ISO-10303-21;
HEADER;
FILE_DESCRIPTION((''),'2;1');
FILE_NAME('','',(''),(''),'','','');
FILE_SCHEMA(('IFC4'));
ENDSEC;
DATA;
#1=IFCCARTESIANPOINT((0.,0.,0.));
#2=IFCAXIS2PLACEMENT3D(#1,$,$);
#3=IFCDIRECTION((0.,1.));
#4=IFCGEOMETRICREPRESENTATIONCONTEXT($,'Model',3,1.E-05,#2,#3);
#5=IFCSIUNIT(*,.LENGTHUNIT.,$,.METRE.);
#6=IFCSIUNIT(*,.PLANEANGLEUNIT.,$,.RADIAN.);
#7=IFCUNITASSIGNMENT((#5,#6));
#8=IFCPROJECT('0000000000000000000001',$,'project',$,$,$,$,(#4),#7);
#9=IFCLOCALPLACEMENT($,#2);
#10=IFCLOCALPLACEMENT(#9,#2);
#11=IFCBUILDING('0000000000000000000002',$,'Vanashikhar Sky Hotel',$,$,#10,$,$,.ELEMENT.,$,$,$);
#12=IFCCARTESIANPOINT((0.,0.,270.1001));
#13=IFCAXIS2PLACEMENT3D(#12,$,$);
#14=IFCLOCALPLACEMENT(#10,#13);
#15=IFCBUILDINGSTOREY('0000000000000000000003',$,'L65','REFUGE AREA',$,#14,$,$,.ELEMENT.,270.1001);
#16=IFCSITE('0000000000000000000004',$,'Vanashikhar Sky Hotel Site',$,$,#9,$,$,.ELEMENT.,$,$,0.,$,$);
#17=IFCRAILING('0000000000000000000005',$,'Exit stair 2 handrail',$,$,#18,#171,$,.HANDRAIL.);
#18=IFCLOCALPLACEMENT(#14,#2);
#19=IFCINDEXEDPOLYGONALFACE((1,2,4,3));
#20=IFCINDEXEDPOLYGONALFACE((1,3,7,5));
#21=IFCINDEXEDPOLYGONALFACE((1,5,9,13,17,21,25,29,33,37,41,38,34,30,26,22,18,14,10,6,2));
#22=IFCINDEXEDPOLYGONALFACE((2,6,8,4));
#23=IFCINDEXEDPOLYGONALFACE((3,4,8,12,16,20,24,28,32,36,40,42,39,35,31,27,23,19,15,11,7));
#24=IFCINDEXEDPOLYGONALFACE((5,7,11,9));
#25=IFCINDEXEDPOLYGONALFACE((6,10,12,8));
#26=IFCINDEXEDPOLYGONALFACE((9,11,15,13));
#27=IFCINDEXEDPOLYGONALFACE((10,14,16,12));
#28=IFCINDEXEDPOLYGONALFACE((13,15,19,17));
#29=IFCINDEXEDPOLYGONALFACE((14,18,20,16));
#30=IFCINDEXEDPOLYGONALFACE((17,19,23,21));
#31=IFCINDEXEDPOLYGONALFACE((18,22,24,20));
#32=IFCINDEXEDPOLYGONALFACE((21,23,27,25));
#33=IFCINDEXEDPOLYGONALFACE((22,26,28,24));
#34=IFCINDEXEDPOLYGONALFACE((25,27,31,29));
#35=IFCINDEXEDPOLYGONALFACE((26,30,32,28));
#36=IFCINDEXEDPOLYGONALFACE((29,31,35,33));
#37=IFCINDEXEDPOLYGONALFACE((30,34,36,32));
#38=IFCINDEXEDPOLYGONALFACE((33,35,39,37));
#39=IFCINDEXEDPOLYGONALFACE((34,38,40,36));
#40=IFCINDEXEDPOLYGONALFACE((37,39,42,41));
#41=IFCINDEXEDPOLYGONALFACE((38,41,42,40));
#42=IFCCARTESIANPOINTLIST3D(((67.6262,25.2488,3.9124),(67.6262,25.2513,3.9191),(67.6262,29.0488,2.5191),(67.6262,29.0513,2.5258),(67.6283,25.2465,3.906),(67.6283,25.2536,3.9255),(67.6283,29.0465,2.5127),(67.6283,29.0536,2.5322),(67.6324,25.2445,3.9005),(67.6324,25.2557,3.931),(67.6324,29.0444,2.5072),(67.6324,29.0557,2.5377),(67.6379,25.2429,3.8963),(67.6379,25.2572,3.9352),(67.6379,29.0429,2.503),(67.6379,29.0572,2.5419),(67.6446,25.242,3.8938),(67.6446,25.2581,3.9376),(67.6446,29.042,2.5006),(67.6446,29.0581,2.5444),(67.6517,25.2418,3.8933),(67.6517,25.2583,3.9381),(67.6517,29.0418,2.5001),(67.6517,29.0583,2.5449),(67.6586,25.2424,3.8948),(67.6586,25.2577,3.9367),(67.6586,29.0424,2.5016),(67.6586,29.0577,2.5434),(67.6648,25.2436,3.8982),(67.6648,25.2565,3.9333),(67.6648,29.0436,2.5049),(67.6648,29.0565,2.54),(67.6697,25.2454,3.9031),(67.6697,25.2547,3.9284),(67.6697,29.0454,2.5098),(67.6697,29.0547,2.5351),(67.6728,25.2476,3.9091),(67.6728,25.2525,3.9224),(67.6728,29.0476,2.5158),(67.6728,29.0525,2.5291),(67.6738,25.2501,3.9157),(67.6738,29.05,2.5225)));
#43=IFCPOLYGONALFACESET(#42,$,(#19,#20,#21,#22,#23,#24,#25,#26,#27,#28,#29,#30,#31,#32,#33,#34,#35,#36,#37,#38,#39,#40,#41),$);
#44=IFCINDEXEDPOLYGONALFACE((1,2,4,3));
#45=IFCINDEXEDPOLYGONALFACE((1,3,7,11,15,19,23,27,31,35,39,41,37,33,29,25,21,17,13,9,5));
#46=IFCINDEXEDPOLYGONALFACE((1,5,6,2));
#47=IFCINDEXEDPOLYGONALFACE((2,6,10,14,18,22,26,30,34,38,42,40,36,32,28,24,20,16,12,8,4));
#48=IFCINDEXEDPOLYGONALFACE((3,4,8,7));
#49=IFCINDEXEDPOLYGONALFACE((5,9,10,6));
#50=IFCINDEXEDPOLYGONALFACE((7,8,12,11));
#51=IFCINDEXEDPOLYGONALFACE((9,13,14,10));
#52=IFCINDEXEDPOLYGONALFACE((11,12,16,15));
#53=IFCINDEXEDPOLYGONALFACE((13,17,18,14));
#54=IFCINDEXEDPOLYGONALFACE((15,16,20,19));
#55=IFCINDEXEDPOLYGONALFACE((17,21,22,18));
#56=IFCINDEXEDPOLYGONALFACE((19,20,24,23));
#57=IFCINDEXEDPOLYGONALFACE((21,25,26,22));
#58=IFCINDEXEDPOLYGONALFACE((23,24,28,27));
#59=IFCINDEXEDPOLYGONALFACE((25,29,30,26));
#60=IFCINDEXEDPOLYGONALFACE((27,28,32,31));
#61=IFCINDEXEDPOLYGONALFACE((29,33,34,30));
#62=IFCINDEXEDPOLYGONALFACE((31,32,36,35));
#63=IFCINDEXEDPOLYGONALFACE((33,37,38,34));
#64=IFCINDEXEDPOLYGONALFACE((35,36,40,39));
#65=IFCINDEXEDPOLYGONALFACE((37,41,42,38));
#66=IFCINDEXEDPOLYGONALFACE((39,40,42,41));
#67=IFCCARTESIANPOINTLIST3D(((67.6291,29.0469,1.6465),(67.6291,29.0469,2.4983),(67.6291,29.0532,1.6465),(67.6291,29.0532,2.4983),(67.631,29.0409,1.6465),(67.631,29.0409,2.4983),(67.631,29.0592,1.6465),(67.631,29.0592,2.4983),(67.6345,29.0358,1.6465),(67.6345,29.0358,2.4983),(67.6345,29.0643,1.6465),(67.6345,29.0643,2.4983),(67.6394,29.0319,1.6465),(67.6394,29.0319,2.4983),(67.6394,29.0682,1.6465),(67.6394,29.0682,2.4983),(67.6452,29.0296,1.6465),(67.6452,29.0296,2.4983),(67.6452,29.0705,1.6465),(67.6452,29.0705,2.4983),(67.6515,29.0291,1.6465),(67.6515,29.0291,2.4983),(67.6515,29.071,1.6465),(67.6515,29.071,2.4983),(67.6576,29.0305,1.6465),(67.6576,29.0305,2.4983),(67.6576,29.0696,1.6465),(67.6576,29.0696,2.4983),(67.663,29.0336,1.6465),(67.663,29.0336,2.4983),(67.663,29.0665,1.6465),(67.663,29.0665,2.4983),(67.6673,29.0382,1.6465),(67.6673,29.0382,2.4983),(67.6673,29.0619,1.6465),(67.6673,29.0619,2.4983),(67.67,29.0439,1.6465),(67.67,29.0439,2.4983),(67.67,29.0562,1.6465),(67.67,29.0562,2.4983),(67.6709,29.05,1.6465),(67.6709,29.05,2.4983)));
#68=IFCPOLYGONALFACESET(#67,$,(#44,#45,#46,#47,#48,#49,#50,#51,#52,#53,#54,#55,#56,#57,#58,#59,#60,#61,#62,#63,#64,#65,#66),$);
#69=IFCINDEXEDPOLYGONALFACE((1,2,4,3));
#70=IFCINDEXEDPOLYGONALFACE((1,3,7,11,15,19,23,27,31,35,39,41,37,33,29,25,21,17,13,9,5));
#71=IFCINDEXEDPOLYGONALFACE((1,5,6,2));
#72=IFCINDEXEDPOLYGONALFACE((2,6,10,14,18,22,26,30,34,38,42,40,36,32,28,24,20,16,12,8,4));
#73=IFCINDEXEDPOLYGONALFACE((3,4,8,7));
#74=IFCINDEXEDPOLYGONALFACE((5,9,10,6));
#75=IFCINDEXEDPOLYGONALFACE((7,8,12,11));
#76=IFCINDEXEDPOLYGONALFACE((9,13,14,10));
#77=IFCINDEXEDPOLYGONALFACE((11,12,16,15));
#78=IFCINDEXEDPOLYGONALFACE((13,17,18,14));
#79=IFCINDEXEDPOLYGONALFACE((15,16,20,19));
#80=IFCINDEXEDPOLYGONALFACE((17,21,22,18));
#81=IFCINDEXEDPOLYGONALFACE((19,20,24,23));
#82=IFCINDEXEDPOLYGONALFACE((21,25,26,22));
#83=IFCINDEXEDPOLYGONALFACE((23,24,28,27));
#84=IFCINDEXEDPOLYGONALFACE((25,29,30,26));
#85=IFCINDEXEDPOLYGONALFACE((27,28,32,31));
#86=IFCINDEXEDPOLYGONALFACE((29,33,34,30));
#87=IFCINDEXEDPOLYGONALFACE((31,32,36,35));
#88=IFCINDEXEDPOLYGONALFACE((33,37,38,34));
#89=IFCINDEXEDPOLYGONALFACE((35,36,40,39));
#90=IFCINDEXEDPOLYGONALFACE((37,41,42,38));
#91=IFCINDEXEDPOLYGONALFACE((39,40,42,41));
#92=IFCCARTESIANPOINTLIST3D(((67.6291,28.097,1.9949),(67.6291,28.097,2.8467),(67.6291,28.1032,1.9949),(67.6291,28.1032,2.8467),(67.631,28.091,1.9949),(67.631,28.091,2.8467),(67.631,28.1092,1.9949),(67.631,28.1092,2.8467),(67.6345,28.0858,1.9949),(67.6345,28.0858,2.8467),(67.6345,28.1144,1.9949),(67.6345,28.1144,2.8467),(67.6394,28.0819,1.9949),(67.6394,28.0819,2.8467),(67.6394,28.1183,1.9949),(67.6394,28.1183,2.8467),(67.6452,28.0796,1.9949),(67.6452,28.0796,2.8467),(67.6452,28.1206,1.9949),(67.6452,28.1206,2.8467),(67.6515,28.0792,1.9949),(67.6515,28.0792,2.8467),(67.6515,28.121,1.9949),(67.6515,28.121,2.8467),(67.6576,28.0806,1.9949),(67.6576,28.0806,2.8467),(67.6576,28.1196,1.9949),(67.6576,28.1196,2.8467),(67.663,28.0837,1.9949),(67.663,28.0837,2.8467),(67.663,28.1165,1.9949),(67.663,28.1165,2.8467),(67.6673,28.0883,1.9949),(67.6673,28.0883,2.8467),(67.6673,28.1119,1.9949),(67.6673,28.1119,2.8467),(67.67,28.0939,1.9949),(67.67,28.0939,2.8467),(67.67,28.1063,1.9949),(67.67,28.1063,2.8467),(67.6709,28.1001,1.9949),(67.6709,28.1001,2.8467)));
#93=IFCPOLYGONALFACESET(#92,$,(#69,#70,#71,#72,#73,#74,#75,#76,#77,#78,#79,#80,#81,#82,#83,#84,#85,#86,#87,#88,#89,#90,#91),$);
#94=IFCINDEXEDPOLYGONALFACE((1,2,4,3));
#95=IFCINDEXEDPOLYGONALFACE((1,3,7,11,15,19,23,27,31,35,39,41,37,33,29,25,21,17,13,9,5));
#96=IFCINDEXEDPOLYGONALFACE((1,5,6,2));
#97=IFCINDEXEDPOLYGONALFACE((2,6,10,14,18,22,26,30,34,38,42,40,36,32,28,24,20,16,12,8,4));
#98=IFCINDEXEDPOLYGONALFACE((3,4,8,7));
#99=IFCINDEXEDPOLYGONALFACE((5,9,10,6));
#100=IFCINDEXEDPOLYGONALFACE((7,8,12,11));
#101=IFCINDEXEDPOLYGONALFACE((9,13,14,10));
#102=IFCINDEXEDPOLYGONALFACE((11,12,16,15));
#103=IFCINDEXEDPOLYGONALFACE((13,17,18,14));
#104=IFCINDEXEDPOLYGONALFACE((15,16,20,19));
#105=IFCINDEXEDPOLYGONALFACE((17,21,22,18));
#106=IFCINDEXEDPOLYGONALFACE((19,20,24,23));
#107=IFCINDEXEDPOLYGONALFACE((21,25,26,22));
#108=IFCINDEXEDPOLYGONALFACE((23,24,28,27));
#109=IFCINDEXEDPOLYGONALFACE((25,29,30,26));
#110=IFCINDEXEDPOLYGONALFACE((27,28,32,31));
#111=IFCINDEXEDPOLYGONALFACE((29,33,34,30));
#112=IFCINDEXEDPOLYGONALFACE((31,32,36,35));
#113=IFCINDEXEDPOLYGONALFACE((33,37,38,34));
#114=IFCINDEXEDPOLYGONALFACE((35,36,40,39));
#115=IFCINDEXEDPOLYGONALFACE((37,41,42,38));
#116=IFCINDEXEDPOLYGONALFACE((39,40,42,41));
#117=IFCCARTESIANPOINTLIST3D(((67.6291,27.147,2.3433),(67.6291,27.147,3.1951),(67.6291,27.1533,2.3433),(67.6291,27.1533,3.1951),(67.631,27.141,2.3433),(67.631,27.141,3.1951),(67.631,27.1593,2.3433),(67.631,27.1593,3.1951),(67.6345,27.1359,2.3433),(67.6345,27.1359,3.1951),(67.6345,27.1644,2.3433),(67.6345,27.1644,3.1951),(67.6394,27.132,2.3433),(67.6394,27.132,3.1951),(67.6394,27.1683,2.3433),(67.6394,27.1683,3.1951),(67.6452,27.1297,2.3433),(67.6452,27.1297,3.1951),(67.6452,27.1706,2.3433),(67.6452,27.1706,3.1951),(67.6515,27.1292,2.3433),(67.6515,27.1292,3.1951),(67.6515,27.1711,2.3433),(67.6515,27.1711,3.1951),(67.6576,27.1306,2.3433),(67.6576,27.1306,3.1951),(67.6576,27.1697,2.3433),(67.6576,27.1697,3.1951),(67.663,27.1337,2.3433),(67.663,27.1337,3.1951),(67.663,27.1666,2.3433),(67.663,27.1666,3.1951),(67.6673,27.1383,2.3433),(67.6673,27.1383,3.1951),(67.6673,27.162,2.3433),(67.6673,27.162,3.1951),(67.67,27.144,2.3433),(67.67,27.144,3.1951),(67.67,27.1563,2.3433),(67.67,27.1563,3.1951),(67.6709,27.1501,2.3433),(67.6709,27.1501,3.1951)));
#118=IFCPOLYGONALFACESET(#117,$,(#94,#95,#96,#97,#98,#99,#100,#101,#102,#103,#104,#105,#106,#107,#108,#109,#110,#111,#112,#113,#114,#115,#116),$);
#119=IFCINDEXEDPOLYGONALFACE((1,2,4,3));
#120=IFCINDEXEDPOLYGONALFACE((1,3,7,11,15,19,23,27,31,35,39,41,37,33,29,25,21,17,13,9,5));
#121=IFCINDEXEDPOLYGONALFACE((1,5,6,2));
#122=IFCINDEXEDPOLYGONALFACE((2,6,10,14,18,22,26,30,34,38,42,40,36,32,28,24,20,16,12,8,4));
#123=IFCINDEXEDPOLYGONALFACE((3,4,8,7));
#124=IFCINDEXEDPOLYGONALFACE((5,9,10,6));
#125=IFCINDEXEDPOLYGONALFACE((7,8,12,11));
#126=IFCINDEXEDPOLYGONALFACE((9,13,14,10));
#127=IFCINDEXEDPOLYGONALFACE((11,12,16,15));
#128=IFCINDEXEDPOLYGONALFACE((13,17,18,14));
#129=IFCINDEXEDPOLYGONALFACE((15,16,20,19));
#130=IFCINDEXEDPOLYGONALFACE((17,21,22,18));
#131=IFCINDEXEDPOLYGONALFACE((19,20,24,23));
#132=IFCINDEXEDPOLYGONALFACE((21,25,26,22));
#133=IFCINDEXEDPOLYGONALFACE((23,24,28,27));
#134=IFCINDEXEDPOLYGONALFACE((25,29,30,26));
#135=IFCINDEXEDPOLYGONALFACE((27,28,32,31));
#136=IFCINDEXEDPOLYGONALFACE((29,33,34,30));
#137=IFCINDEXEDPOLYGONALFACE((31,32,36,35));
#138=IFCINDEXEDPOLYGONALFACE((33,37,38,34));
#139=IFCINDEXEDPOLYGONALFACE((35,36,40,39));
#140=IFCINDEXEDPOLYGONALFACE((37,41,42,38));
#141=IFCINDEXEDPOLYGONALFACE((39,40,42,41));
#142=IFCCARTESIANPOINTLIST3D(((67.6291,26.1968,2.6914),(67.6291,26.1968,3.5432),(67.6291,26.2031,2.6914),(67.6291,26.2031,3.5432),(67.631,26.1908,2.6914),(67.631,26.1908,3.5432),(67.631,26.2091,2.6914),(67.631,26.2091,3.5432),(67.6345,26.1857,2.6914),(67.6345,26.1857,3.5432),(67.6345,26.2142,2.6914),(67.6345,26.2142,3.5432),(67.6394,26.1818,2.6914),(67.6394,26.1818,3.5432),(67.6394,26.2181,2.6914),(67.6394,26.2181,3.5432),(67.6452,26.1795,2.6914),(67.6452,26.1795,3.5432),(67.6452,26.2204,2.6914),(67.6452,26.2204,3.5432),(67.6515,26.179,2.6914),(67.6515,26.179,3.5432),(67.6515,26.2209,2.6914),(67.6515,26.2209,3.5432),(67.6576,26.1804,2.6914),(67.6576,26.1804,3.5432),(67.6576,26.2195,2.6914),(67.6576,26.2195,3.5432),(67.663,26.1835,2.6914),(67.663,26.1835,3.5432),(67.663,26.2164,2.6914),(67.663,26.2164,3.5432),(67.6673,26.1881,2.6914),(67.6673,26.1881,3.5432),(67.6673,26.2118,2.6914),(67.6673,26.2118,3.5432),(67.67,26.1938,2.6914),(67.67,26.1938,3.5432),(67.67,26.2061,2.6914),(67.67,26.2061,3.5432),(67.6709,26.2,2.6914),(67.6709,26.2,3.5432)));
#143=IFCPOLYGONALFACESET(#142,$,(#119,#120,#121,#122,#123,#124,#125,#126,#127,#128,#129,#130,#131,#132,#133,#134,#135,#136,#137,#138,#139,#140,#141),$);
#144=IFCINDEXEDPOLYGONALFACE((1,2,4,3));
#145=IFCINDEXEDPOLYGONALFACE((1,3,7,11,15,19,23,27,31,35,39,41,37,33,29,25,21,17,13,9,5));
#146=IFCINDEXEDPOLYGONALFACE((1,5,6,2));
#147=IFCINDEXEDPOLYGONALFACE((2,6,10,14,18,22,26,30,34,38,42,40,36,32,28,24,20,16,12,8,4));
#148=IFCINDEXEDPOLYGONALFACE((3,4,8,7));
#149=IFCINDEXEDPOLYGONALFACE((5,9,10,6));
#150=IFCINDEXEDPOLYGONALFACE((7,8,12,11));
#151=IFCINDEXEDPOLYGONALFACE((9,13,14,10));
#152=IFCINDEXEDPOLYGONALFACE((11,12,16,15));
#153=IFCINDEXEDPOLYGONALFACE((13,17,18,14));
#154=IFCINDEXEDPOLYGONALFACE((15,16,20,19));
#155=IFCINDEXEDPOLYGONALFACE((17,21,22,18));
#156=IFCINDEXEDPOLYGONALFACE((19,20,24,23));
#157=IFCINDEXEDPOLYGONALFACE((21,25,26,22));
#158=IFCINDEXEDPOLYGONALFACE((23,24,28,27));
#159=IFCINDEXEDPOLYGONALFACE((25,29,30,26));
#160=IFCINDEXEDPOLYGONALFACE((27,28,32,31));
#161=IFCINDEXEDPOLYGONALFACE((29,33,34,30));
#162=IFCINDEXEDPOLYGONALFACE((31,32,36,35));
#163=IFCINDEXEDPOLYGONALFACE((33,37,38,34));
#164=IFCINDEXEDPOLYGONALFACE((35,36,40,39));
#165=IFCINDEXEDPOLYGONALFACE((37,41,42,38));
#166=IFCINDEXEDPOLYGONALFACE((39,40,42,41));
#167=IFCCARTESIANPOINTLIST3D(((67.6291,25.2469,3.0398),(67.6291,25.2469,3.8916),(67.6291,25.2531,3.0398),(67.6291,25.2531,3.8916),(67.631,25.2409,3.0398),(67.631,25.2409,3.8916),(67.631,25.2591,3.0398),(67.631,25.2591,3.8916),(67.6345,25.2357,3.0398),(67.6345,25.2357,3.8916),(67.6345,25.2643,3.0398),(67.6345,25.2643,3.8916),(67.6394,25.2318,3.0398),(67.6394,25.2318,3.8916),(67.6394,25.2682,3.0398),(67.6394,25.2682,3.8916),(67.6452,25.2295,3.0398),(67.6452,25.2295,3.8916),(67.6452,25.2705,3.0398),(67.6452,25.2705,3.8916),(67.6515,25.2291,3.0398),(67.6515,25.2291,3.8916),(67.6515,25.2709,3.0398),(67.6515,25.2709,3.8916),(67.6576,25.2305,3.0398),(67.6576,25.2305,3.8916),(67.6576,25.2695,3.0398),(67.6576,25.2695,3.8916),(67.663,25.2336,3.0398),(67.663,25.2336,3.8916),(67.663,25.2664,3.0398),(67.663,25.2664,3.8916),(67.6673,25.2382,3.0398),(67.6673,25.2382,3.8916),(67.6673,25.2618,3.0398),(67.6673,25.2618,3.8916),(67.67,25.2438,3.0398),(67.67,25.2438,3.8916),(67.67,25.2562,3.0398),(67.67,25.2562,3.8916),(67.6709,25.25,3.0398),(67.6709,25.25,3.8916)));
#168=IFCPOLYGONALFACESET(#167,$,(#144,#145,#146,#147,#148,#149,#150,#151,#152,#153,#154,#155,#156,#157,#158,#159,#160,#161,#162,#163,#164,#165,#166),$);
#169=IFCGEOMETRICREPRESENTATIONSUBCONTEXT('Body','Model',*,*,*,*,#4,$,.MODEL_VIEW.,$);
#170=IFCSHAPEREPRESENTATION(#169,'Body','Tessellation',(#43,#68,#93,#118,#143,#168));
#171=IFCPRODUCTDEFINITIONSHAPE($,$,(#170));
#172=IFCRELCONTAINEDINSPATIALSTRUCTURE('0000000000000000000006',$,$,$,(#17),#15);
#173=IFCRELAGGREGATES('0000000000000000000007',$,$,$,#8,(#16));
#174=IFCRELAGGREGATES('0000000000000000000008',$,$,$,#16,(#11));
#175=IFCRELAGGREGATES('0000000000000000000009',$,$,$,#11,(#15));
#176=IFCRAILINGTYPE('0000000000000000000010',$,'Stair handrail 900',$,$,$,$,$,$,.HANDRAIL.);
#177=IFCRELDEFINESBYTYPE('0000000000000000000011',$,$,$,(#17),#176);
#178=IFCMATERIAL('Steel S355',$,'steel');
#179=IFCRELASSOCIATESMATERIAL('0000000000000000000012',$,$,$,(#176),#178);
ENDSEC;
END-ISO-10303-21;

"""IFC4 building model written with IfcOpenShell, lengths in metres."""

from ifc_helpers import new_model, si_unit, direction, frame, origin, origin_2d, place, context, subcontext, project, spatial, circle, extrude, source, transform, mapped, material, type_object, element, save


model = new_model("IFC4")

# Units and contexts
model_context = context("Model", 3, precision=1e-05, world=origin(), true_north=direction((0.0, 1.0)))
body_context = subcontext(model_context, "Body", "Model", "MODEL_VIEW")
ifc_project = project(units=[si_unit("LENGTHUNIT", "METRE"), si_unit("PLANEANGLEUNIT", "RADIAN")], contexts=[model_context])

# Site, building, storey
site_placement = place(None, origin())
site = spatial("IfcSite", under=ifc_project, at=site_placement, Name="Vanashikhar Sky Hotel Site", CompositionType="ELEMENT", RefElevation=0.0)
building_placement = place(site_placement, origin())
building = spatial("IfcBuilding", under=site, at=building_placement, Name="Vanashikhar Sky Hotel", CompositionType="ELEMENT")
storey_placement = place(building_placement, frame((0.0, 0.0, 270.1001)))
storey = spatial("IfcBuildingStorey", under=building, at=storey_placement, Name="L65", Description="REFUGE AREA", CompositionType="ELEMENT", Elevation=270.1001)

# Railing
ifc_material_1 = material(Name="Steel S355", Category="steel")
railing_type_1 = type_object("IfcRailingType", Name="Stair handrail 900", PredefinedType="HANDRAIL", material=ifc_material_1)
shared_shape_1 = source(origin(), body_context, "Body", "SweptSolid", [
    extrude(circle(Radius=0.0239, at=origin_2d()), frame((0.0, 0.0, 0.876), z_axis=(0.0, -0.93888, 0.344246), x_axis=(1.0, 0.0, 0.0)), (0.0, 0.0, 1.0), 4.0474),
    extrude(circle(Radius=0.021, at=origin_2d()), origin(), (0.0, 0.0, 1.0), 0.8518),
    extrude(circle(Radius=0.021, at=origin_2d()), frame((0.0, -0.95, 0.3484)), (0.0, 0.0, 1.0), 0.8518),
    extrude(circle(Radius=0.021, at=origin_2d()), frame((0.0, -1.8999, 0.6968)), (0.0, 0.0, 1.0), 0.8518),
    extrude(circle(Radius=0.021, at=origin_2d()), frame((0.0, -2.8501, 1.0449)), (0.0, 0.0, 1.0), 0.8518),
    extrude(circle(Radius=0.021, at=origin_2d()), frame((0.0, -3.8, 1.3933)), (0.0, 0.0, 1.0), 0.8518),
])
for number, where, name in (
    (1, (67.6499, 29.05, 1.6465), "Exit stair 2 handrail"),
):
    element("IfcRailing", number, at=place(storey_placement, frame(where)), inside=storey, type_object=railing_type_1, Name=name, PredefinedType="HANDRAIL", context=body_context, shape_type="MappedRepresentation", body=[
        mapped(shared_shape_1, transform((0.0, 0.0, 0.0), scale=1.0)),
    ])

save(model, "model.ifc")
